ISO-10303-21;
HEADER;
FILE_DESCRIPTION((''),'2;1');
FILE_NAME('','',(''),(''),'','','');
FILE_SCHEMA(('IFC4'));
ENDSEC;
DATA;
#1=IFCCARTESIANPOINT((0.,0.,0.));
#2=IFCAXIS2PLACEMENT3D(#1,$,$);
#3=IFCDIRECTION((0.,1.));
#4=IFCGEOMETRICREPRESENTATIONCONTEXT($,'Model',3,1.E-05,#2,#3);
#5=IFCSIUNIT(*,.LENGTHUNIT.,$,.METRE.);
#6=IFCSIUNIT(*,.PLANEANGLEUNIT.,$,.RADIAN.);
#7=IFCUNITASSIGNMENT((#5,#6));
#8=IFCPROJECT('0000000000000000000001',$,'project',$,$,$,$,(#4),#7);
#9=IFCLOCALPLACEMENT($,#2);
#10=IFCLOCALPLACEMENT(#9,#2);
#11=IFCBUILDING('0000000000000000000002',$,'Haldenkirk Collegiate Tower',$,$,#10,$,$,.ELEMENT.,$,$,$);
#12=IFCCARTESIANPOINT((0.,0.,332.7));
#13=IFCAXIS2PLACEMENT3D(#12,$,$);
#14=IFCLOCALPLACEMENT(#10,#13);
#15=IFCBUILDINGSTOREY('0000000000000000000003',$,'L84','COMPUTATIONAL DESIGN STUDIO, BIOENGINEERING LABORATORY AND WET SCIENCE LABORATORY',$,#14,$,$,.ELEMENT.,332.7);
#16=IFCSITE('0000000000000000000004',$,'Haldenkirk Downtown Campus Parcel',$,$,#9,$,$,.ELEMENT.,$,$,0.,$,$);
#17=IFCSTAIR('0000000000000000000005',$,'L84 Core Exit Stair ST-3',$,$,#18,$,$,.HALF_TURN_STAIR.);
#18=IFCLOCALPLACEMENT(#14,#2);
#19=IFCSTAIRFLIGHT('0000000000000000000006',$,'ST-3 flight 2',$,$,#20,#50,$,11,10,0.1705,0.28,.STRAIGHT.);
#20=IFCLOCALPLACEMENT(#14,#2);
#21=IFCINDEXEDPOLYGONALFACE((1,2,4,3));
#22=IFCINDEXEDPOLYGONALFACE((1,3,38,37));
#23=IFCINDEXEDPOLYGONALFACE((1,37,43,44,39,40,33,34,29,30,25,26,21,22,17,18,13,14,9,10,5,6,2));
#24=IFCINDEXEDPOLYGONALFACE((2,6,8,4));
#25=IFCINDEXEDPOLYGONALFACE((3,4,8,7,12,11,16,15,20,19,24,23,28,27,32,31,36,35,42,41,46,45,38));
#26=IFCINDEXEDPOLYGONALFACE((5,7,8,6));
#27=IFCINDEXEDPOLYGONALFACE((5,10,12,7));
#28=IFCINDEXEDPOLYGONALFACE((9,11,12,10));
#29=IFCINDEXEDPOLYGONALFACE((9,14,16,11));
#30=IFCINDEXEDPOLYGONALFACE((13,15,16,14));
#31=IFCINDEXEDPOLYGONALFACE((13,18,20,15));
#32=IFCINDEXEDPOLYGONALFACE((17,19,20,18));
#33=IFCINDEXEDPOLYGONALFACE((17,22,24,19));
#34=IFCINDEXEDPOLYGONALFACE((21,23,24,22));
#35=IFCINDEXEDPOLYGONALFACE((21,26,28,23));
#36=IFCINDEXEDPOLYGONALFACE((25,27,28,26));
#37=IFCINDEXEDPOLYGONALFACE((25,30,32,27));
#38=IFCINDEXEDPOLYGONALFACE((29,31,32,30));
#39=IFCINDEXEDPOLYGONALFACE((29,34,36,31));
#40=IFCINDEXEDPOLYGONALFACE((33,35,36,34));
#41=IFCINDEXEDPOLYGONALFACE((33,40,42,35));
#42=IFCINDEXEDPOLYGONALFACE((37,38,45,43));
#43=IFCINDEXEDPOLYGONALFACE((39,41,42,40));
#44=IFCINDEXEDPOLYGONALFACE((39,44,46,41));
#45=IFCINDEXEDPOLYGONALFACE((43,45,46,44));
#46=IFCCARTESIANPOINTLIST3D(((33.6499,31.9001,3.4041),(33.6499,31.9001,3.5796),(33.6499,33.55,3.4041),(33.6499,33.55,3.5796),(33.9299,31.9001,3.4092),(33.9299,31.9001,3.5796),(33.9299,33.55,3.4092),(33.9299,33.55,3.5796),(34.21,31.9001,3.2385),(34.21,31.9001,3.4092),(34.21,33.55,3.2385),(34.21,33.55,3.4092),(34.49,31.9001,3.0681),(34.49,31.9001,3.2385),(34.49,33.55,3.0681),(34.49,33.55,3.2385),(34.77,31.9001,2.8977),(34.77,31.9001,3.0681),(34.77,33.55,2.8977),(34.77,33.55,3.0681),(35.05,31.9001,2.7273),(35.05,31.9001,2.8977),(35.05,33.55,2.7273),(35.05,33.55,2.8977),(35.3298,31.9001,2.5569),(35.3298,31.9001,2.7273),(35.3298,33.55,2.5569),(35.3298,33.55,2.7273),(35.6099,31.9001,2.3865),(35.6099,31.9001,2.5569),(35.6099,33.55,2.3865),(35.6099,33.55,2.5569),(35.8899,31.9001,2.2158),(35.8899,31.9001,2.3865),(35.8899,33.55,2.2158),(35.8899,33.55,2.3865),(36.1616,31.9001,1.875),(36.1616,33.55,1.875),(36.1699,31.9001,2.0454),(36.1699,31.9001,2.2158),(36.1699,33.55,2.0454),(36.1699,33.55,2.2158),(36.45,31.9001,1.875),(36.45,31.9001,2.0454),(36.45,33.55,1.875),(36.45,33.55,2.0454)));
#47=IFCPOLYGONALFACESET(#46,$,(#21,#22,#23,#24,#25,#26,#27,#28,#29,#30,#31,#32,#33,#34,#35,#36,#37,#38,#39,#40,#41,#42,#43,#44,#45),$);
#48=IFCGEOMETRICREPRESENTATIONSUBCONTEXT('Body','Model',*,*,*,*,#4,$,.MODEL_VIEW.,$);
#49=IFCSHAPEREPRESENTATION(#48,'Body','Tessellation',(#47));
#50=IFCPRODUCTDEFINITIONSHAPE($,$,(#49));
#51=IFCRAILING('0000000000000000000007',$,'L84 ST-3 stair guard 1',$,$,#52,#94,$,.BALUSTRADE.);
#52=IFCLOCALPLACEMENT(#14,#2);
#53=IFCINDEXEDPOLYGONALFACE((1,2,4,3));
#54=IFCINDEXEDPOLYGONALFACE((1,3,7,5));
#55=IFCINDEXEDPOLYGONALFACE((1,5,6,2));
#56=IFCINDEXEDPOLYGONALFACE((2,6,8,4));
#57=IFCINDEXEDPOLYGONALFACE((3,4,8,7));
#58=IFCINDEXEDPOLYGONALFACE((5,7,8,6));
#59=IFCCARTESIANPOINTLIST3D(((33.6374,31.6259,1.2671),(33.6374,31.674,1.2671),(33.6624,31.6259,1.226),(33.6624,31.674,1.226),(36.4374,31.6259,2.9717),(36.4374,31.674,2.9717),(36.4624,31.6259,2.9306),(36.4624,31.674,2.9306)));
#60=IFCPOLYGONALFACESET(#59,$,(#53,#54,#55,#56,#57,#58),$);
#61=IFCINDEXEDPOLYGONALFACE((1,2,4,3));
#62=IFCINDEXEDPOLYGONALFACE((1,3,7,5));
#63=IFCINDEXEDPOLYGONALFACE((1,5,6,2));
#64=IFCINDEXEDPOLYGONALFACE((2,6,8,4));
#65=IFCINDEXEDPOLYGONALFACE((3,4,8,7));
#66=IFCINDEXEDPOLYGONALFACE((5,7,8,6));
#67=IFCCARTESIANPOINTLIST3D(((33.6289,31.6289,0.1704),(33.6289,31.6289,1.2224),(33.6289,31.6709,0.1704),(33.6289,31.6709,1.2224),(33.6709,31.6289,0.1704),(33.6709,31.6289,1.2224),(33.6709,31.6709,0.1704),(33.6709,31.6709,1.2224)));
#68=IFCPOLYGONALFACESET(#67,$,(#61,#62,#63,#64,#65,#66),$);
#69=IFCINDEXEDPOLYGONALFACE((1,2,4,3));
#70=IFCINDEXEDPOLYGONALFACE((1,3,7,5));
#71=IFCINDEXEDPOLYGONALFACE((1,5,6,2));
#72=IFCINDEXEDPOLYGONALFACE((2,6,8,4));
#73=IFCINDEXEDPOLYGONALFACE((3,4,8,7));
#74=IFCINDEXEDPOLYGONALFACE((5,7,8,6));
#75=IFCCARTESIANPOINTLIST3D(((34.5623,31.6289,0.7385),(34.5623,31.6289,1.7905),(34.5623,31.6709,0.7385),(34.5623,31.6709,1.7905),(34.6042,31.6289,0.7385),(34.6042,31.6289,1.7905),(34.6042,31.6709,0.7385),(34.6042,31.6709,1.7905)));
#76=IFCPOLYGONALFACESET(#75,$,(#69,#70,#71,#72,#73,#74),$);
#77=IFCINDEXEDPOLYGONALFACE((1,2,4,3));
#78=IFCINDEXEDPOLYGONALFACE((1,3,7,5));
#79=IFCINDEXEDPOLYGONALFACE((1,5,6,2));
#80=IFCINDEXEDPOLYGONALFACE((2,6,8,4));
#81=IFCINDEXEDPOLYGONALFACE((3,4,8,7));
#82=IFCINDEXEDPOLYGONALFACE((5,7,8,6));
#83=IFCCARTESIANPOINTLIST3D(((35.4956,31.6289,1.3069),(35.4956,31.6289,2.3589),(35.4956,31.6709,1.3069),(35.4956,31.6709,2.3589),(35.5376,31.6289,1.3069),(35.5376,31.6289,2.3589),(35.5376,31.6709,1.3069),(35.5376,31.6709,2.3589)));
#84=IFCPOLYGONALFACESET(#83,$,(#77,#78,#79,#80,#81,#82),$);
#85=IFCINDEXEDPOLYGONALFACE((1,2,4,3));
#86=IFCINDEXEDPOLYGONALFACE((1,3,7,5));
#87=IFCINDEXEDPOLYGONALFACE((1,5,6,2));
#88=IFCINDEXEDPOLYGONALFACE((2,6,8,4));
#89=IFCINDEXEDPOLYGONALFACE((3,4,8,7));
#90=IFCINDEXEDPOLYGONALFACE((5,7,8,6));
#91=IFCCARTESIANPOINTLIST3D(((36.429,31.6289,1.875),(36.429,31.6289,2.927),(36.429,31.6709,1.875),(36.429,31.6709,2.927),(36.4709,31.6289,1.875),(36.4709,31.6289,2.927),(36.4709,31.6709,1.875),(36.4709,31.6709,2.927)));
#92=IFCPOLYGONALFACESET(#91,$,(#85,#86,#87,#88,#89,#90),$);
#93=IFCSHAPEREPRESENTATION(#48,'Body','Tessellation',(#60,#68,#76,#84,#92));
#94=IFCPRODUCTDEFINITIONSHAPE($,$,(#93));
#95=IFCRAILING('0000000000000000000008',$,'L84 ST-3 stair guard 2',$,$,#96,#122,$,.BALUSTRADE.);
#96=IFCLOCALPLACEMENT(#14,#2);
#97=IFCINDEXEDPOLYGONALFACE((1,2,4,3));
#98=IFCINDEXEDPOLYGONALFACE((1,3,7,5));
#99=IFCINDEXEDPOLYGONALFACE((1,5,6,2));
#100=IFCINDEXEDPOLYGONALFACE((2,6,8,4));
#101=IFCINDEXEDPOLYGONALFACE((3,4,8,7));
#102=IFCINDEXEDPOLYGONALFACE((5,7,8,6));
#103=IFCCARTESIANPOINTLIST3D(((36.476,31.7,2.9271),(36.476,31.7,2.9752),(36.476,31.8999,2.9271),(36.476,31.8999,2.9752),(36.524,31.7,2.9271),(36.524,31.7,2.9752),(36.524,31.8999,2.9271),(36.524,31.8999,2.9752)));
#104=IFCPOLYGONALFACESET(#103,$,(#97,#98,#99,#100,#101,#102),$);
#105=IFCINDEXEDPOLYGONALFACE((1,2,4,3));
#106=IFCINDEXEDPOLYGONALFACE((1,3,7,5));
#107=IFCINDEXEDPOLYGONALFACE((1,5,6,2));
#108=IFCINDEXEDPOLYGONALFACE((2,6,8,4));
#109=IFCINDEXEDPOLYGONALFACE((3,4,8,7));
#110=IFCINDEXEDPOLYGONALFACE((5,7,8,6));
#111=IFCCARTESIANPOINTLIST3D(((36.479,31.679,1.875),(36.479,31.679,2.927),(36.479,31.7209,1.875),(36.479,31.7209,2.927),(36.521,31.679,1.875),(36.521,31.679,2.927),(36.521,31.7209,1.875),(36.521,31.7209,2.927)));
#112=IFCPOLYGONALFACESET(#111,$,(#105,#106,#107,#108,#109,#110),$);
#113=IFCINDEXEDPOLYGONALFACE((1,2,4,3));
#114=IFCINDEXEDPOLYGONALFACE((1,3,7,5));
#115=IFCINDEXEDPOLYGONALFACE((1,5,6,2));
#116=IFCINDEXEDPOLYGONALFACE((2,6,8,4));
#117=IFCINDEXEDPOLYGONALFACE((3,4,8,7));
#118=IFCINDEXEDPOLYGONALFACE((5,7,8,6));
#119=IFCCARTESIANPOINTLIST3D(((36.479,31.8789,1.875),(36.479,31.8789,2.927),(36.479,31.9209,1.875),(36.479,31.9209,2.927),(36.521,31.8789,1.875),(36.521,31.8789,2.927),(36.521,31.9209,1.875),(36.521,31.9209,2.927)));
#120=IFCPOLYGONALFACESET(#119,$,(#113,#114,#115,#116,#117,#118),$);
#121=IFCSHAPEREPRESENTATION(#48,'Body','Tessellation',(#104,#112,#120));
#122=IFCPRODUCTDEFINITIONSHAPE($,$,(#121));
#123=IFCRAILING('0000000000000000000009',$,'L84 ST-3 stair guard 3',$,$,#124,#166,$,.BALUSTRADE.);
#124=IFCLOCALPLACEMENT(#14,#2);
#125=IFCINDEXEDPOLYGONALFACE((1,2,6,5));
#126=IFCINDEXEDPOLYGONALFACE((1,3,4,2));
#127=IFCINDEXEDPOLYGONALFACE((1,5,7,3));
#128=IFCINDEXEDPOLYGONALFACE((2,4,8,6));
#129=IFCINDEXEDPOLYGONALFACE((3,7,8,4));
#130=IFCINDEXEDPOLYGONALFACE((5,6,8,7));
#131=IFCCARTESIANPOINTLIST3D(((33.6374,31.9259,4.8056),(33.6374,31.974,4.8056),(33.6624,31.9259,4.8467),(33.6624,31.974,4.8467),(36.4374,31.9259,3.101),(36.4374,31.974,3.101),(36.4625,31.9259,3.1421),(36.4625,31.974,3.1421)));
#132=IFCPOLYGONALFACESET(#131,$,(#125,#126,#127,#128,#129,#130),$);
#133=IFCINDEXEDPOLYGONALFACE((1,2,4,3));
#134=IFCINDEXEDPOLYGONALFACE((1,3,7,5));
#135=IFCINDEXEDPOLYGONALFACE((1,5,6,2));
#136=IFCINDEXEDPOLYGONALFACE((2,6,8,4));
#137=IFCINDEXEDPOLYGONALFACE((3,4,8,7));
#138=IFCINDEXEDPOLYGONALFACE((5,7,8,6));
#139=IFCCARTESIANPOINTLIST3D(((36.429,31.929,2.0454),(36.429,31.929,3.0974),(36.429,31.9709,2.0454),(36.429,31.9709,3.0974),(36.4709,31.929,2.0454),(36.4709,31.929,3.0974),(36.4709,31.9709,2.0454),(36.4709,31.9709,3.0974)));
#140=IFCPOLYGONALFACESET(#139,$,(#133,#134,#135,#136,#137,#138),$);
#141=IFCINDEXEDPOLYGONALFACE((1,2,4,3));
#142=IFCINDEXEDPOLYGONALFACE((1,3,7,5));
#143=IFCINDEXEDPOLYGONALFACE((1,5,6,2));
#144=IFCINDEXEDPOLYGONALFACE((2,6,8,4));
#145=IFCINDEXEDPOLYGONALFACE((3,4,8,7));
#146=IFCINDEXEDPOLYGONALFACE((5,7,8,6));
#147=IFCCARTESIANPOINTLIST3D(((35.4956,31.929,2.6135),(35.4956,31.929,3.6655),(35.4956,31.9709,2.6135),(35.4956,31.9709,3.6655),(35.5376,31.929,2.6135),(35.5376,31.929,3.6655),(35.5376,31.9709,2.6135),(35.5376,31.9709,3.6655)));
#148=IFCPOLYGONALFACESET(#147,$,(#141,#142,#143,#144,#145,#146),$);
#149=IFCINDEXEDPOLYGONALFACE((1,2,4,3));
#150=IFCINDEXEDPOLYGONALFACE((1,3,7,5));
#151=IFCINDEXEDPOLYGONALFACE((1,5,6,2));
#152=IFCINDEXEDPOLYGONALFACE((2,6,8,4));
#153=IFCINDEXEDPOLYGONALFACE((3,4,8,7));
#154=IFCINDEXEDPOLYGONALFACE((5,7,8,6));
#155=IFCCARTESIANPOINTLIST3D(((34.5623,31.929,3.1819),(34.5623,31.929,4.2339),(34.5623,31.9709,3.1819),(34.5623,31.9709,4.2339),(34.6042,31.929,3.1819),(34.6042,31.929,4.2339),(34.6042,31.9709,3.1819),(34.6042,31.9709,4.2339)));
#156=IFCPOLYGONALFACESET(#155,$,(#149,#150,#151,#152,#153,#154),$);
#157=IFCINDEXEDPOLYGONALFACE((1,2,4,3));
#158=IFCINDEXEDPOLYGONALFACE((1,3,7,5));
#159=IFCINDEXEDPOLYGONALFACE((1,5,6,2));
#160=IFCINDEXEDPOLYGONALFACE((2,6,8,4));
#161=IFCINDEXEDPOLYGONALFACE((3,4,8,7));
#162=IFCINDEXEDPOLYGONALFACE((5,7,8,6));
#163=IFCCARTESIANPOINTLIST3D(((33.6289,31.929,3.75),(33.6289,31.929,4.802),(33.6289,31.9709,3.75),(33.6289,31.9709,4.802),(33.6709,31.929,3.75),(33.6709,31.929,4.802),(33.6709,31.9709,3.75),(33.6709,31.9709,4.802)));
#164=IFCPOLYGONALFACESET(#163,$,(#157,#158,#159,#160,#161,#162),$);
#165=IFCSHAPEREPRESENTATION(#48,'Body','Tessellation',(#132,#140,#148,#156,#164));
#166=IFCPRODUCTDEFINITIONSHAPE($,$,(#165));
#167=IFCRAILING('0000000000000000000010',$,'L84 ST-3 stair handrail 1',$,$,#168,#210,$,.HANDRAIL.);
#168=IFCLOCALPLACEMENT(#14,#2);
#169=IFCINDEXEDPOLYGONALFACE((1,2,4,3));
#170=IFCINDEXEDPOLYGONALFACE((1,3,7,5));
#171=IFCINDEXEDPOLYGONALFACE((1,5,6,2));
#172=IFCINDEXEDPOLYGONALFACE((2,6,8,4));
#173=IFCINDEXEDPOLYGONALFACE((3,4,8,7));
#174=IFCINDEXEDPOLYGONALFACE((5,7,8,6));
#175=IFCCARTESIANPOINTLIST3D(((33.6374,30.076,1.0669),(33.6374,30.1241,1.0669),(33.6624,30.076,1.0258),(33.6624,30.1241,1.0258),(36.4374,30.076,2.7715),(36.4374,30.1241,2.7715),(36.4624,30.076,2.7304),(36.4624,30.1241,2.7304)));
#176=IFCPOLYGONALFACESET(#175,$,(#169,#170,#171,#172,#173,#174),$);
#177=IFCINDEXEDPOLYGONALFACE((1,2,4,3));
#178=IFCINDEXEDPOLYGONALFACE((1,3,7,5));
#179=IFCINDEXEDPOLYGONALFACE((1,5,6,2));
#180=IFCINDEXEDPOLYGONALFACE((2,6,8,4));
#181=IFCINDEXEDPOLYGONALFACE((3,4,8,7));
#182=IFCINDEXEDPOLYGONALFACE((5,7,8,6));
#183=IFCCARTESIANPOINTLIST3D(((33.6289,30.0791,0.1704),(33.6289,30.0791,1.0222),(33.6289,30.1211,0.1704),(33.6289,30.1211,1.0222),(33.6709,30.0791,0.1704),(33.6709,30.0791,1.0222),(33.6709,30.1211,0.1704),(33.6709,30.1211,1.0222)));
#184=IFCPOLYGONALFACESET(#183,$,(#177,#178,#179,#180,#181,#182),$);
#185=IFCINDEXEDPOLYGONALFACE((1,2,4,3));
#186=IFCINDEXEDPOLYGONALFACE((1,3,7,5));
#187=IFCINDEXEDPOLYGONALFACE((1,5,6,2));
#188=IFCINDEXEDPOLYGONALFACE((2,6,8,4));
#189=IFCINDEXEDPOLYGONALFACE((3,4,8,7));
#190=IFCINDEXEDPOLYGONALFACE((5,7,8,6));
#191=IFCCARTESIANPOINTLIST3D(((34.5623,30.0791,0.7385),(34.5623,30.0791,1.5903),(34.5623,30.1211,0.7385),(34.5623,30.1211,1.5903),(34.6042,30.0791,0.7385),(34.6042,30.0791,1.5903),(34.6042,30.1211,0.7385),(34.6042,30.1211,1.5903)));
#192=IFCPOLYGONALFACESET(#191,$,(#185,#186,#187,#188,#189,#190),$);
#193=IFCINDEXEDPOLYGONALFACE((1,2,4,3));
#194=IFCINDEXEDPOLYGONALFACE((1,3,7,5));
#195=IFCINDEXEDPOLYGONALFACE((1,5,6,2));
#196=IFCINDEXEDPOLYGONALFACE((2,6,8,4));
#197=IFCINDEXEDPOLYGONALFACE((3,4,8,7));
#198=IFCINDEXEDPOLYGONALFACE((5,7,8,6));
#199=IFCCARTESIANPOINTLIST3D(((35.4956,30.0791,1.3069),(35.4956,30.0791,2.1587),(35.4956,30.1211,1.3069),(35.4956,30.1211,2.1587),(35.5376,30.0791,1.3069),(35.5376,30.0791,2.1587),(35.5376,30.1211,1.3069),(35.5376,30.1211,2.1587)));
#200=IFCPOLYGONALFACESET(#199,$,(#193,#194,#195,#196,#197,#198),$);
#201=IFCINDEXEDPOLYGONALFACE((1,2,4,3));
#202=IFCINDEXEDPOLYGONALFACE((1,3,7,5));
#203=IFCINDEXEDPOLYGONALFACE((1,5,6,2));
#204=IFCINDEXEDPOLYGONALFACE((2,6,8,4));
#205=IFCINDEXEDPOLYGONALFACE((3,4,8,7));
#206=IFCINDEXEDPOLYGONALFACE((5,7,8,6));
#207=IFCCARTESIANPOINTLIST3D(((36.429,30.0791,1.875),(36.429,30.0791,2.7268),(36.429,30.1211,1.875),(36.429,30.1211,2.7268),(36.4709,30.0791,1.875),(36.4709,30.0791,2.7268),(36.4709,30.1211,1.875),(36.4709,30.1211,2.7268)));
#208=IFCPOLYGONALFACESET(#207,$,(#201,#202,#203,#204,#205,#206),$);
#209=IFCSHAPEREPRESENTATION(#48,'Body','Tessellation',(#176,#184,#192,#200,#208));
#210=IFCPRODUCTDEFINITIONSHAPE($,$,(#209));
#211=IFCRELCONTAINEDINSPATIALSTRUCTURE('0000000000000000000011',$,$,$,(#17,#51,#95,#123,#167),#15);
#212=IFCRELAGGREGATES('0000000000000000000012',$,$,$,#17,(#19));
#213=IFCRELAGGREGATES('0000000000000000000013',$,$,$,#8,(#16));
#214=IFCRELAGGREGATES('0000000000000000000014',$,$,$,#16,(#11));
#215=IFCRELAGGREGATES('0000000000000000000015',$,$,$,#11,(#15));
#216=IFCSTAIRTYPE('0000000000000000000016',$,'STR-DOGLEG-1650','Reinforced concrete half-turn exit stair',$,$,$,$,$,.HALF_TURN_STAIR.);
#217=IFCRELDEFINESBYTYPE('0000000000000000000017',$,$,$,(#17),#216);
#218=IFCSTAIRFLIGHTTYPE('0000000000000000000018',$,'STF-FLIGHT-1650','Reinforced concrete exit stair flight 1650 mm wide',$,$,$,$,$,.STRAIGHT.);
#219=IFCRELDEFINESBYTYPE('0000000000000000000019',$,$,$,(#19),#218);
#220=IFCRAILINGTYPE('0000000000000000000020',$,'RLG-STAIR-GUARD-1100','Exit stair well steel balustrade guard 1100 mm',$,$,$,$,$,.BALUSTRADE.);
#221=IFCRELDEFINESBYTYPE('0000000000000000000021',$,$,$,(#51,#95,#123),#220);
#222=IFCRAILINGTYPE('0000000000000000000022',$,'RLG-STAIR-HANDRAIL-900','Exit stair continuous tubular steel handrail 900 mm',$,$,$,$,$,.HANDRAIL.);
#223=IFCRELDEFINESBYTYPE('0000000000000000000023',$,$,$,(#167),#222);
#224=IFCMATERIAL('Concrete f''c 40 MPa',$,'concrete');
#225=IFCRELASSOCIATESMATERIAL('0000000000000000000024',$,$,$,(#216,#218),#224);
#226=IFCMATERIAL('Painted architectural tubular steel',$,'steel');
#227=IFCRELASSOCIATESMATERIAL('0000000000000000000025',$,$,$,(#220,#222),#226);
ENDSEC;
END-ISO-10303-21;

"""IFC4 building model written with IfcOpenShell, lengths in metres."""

from ifc_helpers import new_model, si_unit, direction, frame, origin, origin_2d, place, context, subcontext, project, spatial, polyline, rectangle, outline, extrude, material, type_object, element, aggregate, save


model = new_model("IFC4")

# Units and contexts
model_context = context("Model", 3, precision=1e-05, world=origin(), true_north=direction((0.0, 1.0)))
body_context = subcontext(model_context, "Body", "Model", "MODEL_VIEW")
ifc_project = project(units=[si_unit("LENGTHUNIT", "METRE"), si_unit("PLANEANGLEUNIT", "RADIAN")], contexts=[model_context])

# Site, building, storey
site_placement = place(None, origin())
site = spatial("IfcSite", under=ifc_project, at=site_placement, Name="Haldenkirk Downtown Campus Parcel", CompositionType="ELEMENT", RefElevation=0.0)
building_placement = place(site_placement, origin())
building = spatial("IfcBuilding", under=site, at=building_placement, Name="Haldenkirk Collegiate Tower", CompositionType="ELEMENT")
storey_placement = place(building_placement, frame((0.0, 0.0, 332.7)))
storey = spatial("IfcBuildingStorey", under=building, at=storey_placement, Name="L84", Description="COMPUTATIONAL DESIGN STUDIO, BIOENGINEERING LABORATORY AND WET SCIENCE LABORATORY", CompositionType="ELEMENT", Elevation=332.7)

# Stair, stair flight
ifc_material_1 = material(Name="Concrete f'c 40 MPa", Category="concrete")
stair_type = type_object("IfcStairType", Name="STR-DOGLEG-1650", Description="Reinforced concrete half-turn exit stair", PredefinedType="HALF_TURN_STAIR", material=ifc_material_1)
stair_placement = place(storey_placement, origin())
stair = element("IfcStair", 1, at=stair_placement, inside=storey, type_object=stair_type, Name="L84 Core Exit Stair ST-3", PredefinedType="HALF_TURN_STAIR")
stair_flight_type = type_object("IfcStairFlightType", Name="STF-FLIGHT-1650", Description="Reinforced concrete exit stair flight 1650 mm wide", PredefinedType="STRAIGHT", material=ifc_material_1)
stair_flight_placement = place(storey_placement, frame((36.45, 32.7251, 1.875), z_axis=(0.0, 0.0, 1.0), x_axis=(-1.0, 0.0, 0.0)))
stair_flight = element("IfcStairFlight", 2, at=stair_flight_placement, type_object=stair_flight_type, Name="ST-3 flight 2", NumberOfRisers=11, NumberOfTreads=10, PredefinedType="STRAIGHT", RiserHeight=0.1705, TreadLength=0.28, context=body_context, shape_type="SweptSolid", body=[
    extrude(outline(polyline([(0.0, 0.0), (0.0, 0.1704), (0.28, 0.1704), (0.28, 0.3408), (0.5601, 0.3408), (0.5601, 0.5115), (0.8401, 0.5115), (0.8401, 0.6819), (1.1201, 0.6819), (1.1201, 0.8523), (1.3999, 0.8523), (1.3999, 1.0227), (1.6799, 1.0227), (1.6799, 1.1931), (1.96, 1.1931), (1.96, 1.3635), (2.24, 1.3635), (2.24, 1.5342), (2.52, 1.5342), (2.52, 1.7046), (2.8, 1.7046), (2.8, 1.875), (2.8, 1.5291), (0.2883, 0.0), (0.0, 0.0)])), frame((0.0, 0.825, 0.0), z_axis=(0.0, -1.0, 0.0), x_axis=(1.0, 0.0, 0.0)), (0.0, 0.0, 1.0), 1.6499),
])
aggregate(stair, [stair_flight])

# Railings
ifc_material_2 = material(Name="Painted architectural tubular steel", Category="steel")
railing_type_1 = type_object("IfcRailingType", Name="RLG-STAIR-GUARD-1100", Description="Exit stair well steel balustrade guard 1100 mm", PredefinedType="BALUSTRADE", material=ifc_material_2)
railing_1_placement = place(storey_placement, frame((33.6499, 31.6499, 0.1704)))
element("IfcRailing", 3, at=railing_1_placement, inside=storey, type_object=railing_type_1, Name="L84 ST-3 stair guard 1", PredefinedType="BALUSTRADE", context=body_context, shape_type="SweptSolid", body=[
    extrude(rectangle(XDim=0.0481, YDim=0.0481, at=origin_2d()), frame((0.0, 0.0, 1.0762), z_axis=(0.85417, 0.0, 0.519994), x_axis=(0.0, 1.0, 0.0)), (0.0, 0.0, 1.0), 3.2781),
    extrude(rectangle(XDim=0.042, YDim=0.042, at=origin_2d()), origin(), (0.0, 0.0, 1.0), 1.052),
    extrude(rectangle(XDim=0.042, YDim=0.042, at=origin_2d()), frame((0.9333, 0.0, 0.5681)), (0.0, 0.0, 1.0), 1.052),
    extrude(rectangle(XDim=0.042, YDim=0.042, at=origin_2d()), frame((1.8667, 0.0, 1.1365)), (0.0, 0.0, 1.0), 1.052),
    extrude(rectangle(XDim=0.042, YDim=0.042, at=origin_2d()), frame((2.8, 0.0, 1.7046)), (0.0, 0.0, 1.0), 1.052),
])
railing_2_placement = place(storey_placement, frame((36.5, 31.7, 1.875)))
element("IfcRailing", 4, at=railing_2_placement, inside=storey, type_object=railing_type_1, Name="L84 ST-3 stair guard 2", PredefinedType="BALUSTRADE", context=body_context, shape_type="SweptSolid", body=[
    extrude(rectangle(XDim=0.0481, YDim=0.0481, at=origin_2d()), frame((0.0, 0.0, 1.0762), z_axis=(0.0, 1.0, 0.0), x_axis=(-1.0, 0.0, 0.0)), (0.0, 0.0, 1.0), 0.2),
    extrude(rectangle(XDim=0.042, YDim=0.042, at=origin_2d()), origin(), (0.0, 0.0, 1.0), 1.052),
    extrude(rectangle(XDim=0.042, YDim=0.042, at=origin_2d()), frame((0.0, 0.2, 0.0)), (0.0, 0.0, 1.0), 1.052),
])
railing_3_placement = place(storey_placement, frame((36.45, 31.95, 2.0454)))
element("IfcRailing", 5, at=railing_3_placement, inside=storey, type_object=railing_type_1, Name="L84 ST-3 stair guard 3", PredefinedType="BALUSTRADE", context=body_context, shape_type="SweptSolid", body=[
    extrude(rectangle(XDim=0.0481, YDim=0.0481, at=origin_2d()), frame((0.0, 0.0, 1.0762), z_axis=(-0.85417, 0.0, 0.519994), x_axis=(0.0, -1.0, 0.0)), (0.0, 0.0, 1.0), 3.2781),
    extrude(rectangle(XDim=0.042, YDim=0.042, at=origin_2d()), origin(), (0.0, 0.0, 1.0), 1.052),
    extrude(rectangle(XDim=0.042, YDim=0.042, at=origin_2d()), frame((-0.9333, 0.0, 0.5681)), (0.0, 0.0, 1.0), 1.052),
    extrude(rectangle(XDim=0.042, YDim=0.042, at=origin_2d()), frame((-1.8667, 0.0, 1.1365)), (0.0, 0.0, 1.0), 1.052),
    extrude(rectangle(XDim=0.042, YDim=0.042, at=origin_2d()), frame((-2.8, 0.0, 1.7046)), (0.0, 0.0, 1.0), 1.052),
])
railing_type_2 = type_object("IfcRailingType", Name="RLG-STAIR-HANDRAIL-900", Description="Exit stair continuous tubular steel handrail 900 mm", PredefinedType="HANDRAIL", material=ifc_material_2)
railing_4_placement = place(storey_placement, frame((33.6499, 30.1001, 0.1704)))
element("IfcRailing", 6, at=railing_4_placement, inside=storey, type_object=railing_type_2, Name="L84 ST-3 stair handrail 1", PredefinedType="HANDRAIL", context=body_context, shape_type="SweptSolid", body=[
    extrude(rectangle(XDim=0.0481, YDim=0.0481, at=origin_2d()), frame((0.0, 0.0, 0.876), z_axis=(0.85417, 0.0, 0.519994), x_axis=(0.0, 1.0, 0.0)), (0.0, 0.0, 1.0), 3.2781),
    extrude(rectangle(XDim=0.042, YDim=0.042, at=origin_2d()), origin(), (0.0, 0.0, 1.0), 0.8518),
    extrude(rectangle(XDim=0.042, YDim=0.042, at=origin_2d()), frame((0.9333, 0.0, 0.5681)), (0.0, 0.0, 1.0), 0.8518),
    extrude(rectangle(XDim=0.042, YDim=0.042, at=origin_2d()), frame((1.8667, 0.0, 1.1365)), (0.0, 0.0, 1.0), 0.8518),
    extrude(rectangle(XDim=0.042, YDim=0.042, at=origin_2d()), frame((2.8, 0.0, 1.7046)), (0.0, 0.0, 1.0), 0.8518),
])

save(model, "model.ifc")
